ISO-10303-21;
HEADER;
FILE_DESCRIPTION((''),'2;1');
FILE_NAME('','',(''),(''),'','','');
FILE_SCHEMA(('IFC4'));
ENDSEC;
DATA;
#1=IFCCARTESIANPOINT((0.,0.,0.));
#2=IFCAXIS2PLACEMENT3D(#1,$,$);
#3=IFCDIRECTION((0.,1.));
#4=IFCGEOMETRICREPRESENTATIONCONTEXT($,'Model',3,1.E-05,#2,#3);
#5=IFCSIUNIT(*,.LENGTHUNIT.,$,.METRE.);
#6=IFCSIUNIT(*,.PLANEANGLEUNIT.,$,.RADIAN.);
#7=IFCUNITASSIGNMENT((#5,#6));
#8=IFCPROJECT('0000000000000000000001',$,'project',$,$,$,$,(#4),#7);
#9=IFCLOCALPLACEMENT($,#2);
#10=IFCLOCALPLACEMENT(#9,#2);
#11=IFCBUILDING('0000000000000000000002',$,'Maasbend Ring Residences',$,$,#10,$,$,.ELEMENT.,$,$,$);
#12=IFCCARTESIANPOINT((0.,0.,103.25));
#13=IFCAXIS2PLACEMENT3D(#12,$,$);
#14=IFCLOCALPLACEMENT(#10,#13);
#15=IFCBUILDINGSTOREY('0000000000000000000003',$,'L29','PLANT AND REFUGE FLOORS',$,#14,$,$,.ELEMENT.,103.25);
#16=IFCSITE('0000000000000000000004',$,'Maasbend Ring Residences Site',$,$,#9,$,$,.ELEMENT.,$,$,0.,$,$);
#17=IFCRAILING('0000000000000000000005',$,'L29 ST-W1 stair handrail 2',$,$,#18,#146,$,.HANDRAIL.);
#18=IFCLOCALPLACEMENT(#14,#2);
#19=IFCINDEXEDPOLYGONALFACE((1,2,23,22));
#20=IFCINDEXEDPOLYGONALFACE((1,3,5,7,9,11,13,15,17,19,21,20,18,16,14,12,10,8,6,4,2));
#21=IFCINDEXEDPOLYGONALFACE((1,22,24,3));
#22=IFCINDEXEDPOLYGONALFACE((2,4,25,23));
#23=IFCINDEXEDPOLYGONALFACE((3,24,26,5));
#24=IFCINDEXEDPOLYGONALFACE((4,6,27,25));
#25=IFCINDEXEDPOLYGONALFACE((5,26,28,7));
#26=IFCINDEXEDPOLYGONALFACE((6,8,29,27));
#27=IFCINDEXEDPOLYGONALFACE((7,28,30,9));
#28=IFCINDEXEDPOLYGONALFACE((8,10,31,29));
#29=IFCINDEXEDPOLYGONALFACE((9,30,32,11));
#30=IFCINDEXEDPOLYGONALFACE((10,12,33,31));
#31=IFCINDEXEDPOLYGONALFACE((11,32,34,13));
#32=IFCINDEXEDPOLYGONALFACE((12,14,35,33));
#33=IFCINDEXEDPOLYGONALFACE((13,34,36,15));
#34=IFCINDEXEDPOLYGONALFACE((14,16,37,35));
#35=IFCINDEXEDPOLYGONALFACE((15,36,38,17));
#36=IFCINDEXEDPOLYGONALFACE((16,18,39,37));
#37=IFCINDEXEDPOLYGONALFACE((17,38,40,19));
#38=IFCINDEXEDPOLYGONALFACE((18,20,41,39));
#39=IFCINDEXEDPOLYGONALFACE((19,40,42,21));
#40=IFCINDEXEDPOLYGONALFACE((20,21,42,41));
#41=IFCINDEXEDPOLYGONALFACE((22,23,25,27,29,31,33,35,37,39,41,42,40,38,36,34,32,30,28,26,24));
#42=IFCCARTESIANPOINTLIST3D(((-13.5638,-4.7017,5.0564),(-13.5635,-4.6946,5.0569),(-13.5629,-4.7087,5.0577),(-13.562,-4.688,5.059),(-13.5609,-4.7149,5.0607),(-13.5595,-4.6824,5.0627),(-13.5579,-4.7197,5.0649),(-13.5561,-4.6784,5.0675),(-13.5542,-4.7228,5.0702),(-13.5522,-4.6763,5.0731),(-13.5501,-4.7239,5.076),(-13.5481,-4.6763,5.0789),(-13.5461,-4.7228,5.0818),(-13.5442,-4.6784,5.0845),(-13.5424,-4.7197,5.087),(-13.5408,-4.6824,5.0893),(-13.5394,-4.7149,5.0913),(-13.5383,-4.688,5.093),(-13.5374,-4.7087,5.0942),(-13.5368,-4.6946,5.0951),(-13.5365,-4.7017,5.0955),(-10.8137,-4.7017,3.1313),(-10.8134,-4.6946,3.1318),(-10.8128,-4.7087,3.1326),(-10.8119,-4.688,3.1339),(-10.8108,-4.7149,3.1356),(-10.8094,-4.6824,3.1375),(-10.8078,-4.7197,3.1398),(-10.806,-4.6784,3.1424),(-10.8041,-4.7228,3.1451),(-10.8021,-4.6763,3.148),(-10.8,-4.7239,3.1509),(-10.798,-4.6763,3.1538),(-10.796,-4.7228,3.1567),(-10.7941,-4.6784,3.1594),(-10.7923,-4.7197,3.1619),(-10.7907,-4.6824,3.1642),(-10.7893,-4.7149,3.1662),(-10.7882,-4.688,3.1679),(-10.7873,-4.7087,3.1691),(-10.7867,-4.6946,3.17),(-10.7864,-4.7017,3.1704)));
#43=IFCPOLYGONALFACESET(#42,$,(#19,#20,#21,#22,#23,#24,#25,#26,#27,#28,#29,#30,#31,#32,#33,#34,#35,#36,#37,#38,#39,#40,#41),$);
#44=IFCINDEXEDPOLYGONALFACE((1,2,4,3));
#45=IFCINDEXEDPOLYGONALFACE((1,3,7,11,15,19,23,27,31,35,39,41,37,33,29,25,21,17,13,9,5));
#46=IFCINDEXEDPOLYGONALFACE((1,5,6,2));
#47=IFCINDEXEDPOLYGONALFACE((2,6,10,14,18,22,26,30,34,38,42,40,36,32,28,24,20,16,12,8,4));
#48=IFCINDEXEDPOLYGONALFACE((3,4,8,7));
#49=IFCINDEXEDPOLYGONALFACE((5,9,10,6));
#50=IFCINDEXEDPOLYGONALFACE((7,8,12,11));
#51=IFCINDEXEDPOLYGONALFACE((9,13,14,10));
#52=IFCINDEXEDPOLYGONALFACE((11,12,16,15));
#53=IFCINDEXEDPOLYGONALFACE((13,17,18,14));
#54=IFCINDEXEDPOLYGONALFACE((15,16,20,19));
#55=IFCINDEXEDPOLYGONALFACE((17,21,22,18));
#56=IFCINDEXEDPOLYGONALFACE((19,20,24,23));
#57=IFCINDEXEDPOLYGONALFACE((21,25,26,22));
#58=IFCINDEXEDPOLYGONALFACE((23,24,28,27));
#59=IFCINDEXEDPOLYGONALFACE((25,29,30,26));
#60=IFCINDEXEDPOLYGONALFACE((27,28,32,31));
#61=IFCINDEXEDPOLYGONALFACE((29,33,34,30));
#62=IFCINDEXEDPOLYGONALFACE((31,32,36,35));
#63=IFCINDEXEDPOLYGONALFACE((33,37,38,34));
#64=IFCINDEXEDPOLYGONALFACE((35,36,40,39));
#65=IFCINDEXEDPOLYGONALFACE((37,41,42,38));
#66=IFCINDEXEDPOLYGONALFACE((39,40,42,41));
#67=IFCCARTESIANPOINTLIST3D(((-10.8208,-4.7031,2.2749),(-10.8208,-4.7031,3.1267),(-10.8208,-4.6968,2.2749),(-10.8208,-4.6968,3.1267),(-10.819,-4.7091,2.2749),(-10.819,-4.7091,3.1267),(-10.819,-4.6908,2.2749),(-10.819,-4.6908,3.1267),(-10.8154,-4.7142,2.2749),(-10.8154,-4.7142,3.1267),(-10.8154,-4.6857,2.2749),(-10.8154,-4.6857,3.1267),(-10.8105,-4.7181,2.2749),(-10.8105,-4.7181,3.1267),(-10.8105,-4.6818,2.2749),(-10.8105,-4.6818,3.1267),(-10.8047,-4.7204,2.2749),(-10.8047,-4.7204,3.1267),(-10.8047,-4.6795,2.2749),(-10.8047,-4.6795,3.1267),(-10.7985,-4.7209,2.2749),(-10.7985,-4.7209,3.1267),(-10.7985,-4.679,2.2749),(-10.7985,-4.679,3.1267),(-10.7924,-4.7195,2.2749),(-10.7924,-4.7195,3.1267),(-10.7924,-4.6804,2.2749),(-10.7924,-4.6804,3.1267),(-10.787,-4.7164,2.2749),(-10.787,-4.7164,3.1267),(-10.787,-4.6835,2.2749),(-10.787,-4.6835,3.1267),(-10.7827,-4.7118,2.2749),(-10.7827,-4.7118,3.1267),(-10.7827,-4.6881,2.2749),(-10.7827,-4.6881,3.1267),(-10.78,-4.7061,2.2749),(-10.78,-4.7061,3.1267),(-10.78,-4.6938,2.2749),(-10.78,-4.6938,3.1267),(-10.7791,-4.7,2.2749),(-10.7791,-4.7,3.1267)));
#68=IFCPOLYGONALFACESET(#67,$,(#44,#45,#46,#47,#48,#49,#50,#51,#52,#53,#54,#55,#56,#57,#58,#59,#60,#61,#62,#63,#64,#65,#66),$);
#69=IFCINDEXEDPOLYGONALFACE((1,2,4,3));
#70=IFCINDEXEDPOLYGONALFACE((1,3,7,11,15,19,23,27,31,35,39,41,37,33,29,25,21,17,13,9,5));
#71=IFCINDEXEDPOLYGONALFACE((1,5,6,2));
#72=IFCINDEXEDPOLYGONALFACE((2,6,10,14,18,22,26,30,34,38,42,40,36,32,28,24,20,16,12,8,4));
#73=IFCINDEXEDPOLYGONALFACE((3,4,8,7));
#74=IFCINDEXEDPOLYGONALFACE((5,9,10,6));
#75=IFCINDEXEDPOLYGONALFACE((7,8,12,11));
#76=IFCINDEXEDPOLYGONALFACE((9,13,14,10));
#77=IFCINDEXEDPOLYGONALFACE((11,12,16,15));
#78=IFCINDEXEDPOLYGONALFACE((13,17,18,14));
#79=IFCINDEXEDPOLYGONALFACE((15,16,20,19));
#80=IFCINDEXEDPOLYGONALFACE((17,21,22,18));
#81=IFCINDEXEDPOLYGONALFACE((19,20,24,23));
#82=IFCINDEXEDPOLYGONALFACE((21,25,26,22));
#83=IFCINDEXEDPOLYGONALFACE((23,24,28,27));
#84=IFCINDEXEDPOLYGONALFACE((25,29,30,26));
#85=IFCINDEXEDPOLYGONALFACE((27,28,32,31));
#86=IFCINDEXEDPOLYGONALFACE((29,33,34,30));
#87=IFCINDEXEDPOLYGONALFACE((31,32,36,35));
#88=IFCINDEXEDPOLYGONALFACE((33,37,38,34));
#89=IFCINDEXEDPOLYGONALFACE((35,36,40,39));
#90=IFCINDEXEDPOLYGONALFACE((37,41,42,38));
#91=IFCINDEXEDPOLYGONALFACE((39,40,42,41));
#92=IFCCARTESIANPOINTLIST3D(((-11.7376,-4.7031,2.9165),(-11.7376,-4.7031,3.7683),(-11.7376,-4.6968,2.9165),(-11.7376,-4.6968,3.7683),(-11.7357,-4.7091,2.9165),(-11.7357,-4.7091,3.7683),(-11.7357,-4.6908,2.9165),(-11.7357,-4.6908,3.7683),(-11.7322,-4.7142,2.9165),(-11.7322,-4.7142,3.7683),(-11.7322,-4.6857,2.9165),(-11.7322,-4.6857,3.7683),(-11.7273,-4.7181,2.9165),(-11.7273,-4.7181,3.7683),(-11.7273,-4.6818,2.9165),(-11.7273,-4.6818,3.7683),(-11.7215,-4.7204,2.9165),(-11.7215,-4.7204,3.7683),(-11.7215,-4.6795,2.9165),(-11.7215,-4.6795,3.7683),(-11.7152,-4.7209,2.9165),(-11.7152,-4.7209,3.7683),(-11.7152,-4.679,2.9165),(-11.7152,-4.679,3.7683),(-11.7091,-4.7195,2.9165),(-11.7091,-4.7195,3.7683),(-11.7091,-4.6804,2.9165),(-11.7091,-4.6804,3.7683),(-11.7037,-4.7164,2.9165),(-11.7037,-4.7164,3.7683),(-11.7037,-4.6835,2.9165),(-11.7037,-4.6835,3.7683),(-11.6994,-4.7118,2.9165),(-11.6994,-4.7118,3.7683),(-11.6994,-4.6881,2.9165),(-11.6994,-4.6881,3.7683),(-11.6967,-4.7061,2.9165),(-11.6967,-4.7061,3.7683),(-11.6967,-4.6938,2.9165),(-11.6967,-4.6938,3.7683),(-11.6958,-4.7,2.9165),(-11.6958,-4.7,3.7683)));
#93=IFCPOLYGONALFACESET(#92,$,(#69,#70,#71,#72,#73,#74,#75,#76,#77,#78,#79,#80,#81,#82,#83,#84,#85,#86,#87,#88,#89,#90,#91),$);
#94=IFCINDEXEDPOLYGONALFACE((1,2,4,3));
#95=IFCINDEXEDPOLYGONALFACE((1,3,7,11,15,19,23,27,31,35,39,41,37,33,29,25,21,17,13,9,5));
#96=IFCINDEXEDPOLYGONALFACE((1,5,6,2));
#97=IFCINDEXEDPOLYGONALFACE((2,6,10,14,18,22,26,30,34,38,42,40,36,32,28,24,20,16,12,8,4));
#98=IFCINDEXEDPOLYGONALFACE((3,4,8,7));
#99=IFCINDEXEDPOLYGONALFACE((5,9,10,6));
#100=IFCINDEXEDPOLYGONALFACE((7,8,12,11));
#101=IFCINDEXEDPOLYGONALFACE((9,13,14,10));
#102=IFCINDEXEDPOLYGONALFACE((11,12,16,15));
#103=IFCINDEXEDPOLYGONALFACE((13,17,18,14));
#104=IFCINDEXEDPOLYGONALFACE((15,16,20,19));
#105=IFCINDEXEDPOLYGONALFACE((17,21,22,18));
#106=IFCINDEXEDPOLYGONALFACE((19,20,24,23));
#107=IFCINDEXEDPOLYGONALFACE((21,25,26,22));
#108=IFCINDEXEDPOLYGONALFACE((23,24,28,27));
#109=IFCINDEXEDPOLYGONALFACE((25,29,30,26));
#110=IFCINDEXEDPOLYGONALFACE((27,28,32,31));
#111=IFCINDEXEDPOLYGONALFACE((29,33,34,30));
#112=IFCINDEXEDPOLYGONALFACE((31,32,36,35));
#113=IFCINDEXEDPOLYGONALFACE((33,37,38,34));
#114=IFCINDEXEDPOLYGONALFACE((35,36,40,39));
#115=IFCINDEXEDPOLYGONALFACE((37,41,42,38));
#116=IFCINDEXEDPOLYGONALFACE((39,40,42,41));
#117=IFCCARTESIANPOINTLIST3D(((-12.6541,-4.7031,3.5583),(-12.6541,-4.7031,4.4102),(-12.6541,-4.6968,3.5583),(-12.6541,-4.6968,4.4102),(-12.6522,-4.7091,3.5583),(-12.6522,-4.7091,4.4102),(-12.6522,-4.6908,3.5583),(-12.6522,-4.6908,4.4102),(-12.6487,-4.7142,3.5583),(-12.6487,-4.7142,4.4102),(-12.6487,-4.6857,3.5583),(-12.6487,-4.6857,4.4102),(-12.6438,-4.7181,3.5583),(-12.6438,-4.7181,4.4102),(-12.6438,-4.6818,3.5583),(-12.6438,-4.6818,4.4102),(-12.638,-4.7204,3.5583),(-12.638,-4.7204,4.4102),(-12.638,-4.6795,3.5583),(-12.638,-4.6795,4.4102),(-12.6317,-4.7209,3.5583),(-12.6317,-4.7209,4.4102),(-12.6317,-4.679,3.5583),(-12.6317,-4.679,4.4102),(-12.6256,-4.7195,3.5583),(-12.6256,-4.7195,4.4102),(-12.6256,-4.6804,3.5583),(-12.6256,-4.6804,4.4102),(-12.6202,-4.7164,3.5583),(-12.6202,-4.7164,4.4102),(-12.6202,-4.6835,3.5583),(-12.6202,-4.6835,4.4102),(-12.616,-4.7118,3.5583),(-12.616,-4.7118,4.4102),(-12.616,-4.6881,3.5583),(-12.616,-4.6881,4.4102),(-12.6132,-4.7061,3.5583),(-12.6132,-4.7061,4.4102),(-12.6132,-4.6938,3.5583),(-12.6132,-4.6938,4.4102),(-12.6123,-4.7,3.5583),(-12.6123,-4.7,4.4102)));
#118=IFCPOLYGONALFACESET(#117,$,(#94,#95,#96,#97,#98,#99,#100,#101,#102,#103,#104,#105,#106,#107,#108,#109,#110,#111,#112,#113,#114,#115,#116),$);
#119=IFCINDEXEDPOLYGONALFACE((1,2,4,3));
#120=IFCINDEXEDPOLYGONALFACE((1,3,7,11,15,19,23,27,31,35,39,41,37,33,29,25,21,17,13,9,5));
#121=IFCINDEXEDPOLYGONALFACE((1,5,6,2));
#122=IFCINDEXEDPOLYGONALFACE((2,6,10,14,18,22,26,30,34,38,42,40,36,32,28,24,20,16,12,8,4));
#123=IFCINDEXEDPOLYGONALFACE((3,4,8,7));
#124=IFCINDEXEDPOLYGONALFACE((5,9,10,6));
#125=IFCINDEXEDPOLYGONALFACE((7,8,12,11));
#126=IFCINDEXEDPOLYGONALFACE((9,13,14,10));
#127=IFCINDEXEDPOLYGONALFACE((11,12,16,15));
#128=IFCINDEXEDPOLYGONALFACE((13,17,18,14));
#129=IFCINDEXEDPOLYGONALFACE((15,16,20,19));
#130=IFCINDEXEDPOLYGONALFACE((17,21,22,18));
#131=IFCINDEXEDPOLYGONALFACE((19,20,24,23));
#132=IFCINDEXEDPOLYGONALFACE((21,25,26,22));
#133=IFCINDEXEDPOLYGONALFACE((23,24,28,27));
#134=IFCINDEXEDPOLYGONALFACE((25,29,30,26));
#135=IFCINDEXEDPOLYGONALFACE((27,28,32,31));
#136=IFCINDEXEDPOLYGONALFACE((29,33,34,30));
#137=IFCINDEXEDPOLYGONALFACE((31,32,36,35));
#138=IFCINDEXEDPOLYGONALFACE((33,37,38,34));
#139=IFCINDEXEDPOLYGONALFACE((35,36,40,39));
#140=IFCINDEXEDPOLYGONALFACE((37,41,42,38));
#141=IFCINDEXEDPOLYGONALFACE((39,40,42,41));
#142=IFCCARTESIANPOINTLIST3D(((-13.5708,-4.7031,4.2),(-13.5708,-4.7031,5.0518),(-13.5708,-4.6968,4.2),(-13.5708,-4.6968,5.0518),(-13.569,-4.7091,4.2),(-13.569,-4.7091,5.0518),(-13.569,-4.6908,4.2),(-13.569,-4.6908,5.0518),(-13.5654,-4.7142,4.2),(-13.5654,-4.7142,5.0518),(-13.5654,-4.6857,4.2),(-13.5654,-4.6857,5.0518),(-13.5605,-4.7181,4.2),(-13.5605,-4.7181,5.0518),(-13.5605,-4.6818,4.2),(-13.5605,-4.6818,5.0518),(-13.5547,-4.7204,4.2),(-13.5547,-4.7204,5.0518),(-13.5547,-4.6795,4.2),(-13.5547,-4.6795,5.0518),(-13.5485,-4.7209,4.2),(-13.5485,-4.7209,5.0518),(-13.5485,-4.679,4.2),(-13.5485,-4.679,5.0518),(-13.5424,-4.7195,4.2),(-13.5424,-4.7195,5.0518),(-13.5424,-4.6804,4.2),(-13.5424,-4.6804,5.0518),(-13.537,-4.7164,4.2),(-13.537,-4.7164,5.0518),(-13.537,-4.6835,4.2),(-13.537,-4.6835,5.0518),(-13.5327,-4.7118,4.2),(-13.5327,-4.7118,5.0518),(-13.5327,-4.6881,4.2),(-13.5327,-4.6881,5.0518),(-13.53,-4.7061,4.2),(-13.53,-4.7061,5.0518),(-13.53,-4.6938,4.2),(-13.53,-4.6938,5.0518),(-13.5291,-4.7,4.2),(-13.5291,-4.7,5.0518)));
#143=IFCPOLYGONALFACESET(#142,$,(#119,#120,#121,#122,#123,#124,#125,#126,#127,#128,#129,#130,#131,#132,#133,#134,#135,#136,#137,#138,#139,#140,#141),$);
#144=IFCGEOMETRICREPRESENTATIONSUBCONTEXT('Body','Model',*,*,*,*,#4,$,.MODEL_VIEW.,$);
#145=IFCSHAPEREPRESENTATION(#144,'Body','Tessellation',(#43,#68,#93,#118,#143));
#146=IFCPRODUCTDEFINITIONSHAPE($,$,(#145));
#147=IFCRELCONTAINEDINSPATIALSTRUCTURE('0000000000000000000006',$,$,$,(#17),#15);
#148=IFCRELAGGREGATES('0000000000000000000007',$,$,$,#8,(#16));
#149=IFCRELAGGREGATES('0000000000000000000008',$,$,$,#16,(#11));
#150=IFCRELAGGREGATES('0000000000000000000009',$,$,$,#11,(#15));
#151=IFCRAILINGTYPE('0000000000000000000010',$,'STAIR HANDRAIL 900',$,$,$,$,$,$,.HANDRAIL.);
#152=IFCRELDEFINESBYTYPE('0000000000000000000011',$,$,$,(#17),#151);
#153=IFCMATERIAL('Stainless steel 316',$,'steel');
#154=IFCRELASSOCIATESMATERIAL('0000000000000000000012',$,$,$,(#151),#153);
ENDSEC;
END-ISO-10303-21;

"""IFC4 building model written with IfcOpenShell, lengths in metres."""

from ifc_helpers import new_model, si_unit, direction, frame, origin, origin_2d, place, context, subcontext, project, spatial, circle, extrude, material, type_object, element, save


model = new_model("IFC4")

# Units and contexts
model_context = context("Model", 3, precision=1e-05, world=origin(), true_north=direction((0.0, 1.0)))
body_context = subcontext(model_context, "Body", "Model", "MODEL_VIEW")
ifc_project = project(units=[si_unit("LENGTHUNIT", "METRE"), si_unit("PLANEANGLEUNIT", "RADIAN")], contexts=[model_context])

# Site, building, storey
site_placement = place(None, origin())
site = spatial("IfcSite", under=ifc_project, at=site_placement, Name="Maasbend Ring Residences Site", CompositionType="ELEMENT", RefElevation=0.0)
building_placement = place(site_placement, origin())
building = spatial("IfcBuilding", under=site, at=building_placement, Name="Maasbend Ring Residences", CompositionType="ELEMENT")
storey_placement = place(building_placement, frame((0.0, 0.0, 103.25)))
storey = spatial("IfcBuildingStorey", under=building, at=storey_placement, Name="L29", Description="PLANT AND REFUGE FLOORS", CompositionType="ELEMENT", Elevation=103.25)

# Railing
ifc_material_1 = material(Name="Stainless steel 316", Category="steel")
railing_type = type_object("IfcRailingType", Name="STAIR HANDRAIL 900", PredefinedType="HANDRAIL", material=ifc_material_1)
railing_placement = place(storey_placement, frame((-10.8, -4.7, 2.2749)))
element("IfcRailing", 1, at=railing_placement, inside=storey, type_object=railing_type, Name="L29 ST-W1 stair handrail 2", PredefinedType="HANDRAIL", context=body_context, shape_type="SweptSolid", body=[
    extrude(circle(Radius=0.0239, at=origin_2d()), frame((0.0, 0.0, 0.876), z_axis=(-0.819225, 0.0, 0.573472), x_axis=(0.0, -1.0, 0.0)), (0.0, 0.0, 1.0), 3.3569),
    extrude(circle(Radius=0.021, at=origin_2d()), origin(), (0.0, 0.0, 1.0), 0.8518),
    extrude(circle(Radius=0.021, at=origin_2d()), frame((-0.9167, 0.0, 0.6416)), (0.0, 0.0, 1.0), 0.8518),
    extrude(circle(Radius=0.021, at=origin_2d()), frame((-1.8333, 0.0, 1.2834)), (0.0, 0.0, 1.0), 0.8518),
    extrude(circle(Radius=0.021, at=origin_2d()), frame((-2.75, 0.0, 1.925)), (0.0, 0.0, 1.0), 0.8518),
])

save(model, "model.ifc")
